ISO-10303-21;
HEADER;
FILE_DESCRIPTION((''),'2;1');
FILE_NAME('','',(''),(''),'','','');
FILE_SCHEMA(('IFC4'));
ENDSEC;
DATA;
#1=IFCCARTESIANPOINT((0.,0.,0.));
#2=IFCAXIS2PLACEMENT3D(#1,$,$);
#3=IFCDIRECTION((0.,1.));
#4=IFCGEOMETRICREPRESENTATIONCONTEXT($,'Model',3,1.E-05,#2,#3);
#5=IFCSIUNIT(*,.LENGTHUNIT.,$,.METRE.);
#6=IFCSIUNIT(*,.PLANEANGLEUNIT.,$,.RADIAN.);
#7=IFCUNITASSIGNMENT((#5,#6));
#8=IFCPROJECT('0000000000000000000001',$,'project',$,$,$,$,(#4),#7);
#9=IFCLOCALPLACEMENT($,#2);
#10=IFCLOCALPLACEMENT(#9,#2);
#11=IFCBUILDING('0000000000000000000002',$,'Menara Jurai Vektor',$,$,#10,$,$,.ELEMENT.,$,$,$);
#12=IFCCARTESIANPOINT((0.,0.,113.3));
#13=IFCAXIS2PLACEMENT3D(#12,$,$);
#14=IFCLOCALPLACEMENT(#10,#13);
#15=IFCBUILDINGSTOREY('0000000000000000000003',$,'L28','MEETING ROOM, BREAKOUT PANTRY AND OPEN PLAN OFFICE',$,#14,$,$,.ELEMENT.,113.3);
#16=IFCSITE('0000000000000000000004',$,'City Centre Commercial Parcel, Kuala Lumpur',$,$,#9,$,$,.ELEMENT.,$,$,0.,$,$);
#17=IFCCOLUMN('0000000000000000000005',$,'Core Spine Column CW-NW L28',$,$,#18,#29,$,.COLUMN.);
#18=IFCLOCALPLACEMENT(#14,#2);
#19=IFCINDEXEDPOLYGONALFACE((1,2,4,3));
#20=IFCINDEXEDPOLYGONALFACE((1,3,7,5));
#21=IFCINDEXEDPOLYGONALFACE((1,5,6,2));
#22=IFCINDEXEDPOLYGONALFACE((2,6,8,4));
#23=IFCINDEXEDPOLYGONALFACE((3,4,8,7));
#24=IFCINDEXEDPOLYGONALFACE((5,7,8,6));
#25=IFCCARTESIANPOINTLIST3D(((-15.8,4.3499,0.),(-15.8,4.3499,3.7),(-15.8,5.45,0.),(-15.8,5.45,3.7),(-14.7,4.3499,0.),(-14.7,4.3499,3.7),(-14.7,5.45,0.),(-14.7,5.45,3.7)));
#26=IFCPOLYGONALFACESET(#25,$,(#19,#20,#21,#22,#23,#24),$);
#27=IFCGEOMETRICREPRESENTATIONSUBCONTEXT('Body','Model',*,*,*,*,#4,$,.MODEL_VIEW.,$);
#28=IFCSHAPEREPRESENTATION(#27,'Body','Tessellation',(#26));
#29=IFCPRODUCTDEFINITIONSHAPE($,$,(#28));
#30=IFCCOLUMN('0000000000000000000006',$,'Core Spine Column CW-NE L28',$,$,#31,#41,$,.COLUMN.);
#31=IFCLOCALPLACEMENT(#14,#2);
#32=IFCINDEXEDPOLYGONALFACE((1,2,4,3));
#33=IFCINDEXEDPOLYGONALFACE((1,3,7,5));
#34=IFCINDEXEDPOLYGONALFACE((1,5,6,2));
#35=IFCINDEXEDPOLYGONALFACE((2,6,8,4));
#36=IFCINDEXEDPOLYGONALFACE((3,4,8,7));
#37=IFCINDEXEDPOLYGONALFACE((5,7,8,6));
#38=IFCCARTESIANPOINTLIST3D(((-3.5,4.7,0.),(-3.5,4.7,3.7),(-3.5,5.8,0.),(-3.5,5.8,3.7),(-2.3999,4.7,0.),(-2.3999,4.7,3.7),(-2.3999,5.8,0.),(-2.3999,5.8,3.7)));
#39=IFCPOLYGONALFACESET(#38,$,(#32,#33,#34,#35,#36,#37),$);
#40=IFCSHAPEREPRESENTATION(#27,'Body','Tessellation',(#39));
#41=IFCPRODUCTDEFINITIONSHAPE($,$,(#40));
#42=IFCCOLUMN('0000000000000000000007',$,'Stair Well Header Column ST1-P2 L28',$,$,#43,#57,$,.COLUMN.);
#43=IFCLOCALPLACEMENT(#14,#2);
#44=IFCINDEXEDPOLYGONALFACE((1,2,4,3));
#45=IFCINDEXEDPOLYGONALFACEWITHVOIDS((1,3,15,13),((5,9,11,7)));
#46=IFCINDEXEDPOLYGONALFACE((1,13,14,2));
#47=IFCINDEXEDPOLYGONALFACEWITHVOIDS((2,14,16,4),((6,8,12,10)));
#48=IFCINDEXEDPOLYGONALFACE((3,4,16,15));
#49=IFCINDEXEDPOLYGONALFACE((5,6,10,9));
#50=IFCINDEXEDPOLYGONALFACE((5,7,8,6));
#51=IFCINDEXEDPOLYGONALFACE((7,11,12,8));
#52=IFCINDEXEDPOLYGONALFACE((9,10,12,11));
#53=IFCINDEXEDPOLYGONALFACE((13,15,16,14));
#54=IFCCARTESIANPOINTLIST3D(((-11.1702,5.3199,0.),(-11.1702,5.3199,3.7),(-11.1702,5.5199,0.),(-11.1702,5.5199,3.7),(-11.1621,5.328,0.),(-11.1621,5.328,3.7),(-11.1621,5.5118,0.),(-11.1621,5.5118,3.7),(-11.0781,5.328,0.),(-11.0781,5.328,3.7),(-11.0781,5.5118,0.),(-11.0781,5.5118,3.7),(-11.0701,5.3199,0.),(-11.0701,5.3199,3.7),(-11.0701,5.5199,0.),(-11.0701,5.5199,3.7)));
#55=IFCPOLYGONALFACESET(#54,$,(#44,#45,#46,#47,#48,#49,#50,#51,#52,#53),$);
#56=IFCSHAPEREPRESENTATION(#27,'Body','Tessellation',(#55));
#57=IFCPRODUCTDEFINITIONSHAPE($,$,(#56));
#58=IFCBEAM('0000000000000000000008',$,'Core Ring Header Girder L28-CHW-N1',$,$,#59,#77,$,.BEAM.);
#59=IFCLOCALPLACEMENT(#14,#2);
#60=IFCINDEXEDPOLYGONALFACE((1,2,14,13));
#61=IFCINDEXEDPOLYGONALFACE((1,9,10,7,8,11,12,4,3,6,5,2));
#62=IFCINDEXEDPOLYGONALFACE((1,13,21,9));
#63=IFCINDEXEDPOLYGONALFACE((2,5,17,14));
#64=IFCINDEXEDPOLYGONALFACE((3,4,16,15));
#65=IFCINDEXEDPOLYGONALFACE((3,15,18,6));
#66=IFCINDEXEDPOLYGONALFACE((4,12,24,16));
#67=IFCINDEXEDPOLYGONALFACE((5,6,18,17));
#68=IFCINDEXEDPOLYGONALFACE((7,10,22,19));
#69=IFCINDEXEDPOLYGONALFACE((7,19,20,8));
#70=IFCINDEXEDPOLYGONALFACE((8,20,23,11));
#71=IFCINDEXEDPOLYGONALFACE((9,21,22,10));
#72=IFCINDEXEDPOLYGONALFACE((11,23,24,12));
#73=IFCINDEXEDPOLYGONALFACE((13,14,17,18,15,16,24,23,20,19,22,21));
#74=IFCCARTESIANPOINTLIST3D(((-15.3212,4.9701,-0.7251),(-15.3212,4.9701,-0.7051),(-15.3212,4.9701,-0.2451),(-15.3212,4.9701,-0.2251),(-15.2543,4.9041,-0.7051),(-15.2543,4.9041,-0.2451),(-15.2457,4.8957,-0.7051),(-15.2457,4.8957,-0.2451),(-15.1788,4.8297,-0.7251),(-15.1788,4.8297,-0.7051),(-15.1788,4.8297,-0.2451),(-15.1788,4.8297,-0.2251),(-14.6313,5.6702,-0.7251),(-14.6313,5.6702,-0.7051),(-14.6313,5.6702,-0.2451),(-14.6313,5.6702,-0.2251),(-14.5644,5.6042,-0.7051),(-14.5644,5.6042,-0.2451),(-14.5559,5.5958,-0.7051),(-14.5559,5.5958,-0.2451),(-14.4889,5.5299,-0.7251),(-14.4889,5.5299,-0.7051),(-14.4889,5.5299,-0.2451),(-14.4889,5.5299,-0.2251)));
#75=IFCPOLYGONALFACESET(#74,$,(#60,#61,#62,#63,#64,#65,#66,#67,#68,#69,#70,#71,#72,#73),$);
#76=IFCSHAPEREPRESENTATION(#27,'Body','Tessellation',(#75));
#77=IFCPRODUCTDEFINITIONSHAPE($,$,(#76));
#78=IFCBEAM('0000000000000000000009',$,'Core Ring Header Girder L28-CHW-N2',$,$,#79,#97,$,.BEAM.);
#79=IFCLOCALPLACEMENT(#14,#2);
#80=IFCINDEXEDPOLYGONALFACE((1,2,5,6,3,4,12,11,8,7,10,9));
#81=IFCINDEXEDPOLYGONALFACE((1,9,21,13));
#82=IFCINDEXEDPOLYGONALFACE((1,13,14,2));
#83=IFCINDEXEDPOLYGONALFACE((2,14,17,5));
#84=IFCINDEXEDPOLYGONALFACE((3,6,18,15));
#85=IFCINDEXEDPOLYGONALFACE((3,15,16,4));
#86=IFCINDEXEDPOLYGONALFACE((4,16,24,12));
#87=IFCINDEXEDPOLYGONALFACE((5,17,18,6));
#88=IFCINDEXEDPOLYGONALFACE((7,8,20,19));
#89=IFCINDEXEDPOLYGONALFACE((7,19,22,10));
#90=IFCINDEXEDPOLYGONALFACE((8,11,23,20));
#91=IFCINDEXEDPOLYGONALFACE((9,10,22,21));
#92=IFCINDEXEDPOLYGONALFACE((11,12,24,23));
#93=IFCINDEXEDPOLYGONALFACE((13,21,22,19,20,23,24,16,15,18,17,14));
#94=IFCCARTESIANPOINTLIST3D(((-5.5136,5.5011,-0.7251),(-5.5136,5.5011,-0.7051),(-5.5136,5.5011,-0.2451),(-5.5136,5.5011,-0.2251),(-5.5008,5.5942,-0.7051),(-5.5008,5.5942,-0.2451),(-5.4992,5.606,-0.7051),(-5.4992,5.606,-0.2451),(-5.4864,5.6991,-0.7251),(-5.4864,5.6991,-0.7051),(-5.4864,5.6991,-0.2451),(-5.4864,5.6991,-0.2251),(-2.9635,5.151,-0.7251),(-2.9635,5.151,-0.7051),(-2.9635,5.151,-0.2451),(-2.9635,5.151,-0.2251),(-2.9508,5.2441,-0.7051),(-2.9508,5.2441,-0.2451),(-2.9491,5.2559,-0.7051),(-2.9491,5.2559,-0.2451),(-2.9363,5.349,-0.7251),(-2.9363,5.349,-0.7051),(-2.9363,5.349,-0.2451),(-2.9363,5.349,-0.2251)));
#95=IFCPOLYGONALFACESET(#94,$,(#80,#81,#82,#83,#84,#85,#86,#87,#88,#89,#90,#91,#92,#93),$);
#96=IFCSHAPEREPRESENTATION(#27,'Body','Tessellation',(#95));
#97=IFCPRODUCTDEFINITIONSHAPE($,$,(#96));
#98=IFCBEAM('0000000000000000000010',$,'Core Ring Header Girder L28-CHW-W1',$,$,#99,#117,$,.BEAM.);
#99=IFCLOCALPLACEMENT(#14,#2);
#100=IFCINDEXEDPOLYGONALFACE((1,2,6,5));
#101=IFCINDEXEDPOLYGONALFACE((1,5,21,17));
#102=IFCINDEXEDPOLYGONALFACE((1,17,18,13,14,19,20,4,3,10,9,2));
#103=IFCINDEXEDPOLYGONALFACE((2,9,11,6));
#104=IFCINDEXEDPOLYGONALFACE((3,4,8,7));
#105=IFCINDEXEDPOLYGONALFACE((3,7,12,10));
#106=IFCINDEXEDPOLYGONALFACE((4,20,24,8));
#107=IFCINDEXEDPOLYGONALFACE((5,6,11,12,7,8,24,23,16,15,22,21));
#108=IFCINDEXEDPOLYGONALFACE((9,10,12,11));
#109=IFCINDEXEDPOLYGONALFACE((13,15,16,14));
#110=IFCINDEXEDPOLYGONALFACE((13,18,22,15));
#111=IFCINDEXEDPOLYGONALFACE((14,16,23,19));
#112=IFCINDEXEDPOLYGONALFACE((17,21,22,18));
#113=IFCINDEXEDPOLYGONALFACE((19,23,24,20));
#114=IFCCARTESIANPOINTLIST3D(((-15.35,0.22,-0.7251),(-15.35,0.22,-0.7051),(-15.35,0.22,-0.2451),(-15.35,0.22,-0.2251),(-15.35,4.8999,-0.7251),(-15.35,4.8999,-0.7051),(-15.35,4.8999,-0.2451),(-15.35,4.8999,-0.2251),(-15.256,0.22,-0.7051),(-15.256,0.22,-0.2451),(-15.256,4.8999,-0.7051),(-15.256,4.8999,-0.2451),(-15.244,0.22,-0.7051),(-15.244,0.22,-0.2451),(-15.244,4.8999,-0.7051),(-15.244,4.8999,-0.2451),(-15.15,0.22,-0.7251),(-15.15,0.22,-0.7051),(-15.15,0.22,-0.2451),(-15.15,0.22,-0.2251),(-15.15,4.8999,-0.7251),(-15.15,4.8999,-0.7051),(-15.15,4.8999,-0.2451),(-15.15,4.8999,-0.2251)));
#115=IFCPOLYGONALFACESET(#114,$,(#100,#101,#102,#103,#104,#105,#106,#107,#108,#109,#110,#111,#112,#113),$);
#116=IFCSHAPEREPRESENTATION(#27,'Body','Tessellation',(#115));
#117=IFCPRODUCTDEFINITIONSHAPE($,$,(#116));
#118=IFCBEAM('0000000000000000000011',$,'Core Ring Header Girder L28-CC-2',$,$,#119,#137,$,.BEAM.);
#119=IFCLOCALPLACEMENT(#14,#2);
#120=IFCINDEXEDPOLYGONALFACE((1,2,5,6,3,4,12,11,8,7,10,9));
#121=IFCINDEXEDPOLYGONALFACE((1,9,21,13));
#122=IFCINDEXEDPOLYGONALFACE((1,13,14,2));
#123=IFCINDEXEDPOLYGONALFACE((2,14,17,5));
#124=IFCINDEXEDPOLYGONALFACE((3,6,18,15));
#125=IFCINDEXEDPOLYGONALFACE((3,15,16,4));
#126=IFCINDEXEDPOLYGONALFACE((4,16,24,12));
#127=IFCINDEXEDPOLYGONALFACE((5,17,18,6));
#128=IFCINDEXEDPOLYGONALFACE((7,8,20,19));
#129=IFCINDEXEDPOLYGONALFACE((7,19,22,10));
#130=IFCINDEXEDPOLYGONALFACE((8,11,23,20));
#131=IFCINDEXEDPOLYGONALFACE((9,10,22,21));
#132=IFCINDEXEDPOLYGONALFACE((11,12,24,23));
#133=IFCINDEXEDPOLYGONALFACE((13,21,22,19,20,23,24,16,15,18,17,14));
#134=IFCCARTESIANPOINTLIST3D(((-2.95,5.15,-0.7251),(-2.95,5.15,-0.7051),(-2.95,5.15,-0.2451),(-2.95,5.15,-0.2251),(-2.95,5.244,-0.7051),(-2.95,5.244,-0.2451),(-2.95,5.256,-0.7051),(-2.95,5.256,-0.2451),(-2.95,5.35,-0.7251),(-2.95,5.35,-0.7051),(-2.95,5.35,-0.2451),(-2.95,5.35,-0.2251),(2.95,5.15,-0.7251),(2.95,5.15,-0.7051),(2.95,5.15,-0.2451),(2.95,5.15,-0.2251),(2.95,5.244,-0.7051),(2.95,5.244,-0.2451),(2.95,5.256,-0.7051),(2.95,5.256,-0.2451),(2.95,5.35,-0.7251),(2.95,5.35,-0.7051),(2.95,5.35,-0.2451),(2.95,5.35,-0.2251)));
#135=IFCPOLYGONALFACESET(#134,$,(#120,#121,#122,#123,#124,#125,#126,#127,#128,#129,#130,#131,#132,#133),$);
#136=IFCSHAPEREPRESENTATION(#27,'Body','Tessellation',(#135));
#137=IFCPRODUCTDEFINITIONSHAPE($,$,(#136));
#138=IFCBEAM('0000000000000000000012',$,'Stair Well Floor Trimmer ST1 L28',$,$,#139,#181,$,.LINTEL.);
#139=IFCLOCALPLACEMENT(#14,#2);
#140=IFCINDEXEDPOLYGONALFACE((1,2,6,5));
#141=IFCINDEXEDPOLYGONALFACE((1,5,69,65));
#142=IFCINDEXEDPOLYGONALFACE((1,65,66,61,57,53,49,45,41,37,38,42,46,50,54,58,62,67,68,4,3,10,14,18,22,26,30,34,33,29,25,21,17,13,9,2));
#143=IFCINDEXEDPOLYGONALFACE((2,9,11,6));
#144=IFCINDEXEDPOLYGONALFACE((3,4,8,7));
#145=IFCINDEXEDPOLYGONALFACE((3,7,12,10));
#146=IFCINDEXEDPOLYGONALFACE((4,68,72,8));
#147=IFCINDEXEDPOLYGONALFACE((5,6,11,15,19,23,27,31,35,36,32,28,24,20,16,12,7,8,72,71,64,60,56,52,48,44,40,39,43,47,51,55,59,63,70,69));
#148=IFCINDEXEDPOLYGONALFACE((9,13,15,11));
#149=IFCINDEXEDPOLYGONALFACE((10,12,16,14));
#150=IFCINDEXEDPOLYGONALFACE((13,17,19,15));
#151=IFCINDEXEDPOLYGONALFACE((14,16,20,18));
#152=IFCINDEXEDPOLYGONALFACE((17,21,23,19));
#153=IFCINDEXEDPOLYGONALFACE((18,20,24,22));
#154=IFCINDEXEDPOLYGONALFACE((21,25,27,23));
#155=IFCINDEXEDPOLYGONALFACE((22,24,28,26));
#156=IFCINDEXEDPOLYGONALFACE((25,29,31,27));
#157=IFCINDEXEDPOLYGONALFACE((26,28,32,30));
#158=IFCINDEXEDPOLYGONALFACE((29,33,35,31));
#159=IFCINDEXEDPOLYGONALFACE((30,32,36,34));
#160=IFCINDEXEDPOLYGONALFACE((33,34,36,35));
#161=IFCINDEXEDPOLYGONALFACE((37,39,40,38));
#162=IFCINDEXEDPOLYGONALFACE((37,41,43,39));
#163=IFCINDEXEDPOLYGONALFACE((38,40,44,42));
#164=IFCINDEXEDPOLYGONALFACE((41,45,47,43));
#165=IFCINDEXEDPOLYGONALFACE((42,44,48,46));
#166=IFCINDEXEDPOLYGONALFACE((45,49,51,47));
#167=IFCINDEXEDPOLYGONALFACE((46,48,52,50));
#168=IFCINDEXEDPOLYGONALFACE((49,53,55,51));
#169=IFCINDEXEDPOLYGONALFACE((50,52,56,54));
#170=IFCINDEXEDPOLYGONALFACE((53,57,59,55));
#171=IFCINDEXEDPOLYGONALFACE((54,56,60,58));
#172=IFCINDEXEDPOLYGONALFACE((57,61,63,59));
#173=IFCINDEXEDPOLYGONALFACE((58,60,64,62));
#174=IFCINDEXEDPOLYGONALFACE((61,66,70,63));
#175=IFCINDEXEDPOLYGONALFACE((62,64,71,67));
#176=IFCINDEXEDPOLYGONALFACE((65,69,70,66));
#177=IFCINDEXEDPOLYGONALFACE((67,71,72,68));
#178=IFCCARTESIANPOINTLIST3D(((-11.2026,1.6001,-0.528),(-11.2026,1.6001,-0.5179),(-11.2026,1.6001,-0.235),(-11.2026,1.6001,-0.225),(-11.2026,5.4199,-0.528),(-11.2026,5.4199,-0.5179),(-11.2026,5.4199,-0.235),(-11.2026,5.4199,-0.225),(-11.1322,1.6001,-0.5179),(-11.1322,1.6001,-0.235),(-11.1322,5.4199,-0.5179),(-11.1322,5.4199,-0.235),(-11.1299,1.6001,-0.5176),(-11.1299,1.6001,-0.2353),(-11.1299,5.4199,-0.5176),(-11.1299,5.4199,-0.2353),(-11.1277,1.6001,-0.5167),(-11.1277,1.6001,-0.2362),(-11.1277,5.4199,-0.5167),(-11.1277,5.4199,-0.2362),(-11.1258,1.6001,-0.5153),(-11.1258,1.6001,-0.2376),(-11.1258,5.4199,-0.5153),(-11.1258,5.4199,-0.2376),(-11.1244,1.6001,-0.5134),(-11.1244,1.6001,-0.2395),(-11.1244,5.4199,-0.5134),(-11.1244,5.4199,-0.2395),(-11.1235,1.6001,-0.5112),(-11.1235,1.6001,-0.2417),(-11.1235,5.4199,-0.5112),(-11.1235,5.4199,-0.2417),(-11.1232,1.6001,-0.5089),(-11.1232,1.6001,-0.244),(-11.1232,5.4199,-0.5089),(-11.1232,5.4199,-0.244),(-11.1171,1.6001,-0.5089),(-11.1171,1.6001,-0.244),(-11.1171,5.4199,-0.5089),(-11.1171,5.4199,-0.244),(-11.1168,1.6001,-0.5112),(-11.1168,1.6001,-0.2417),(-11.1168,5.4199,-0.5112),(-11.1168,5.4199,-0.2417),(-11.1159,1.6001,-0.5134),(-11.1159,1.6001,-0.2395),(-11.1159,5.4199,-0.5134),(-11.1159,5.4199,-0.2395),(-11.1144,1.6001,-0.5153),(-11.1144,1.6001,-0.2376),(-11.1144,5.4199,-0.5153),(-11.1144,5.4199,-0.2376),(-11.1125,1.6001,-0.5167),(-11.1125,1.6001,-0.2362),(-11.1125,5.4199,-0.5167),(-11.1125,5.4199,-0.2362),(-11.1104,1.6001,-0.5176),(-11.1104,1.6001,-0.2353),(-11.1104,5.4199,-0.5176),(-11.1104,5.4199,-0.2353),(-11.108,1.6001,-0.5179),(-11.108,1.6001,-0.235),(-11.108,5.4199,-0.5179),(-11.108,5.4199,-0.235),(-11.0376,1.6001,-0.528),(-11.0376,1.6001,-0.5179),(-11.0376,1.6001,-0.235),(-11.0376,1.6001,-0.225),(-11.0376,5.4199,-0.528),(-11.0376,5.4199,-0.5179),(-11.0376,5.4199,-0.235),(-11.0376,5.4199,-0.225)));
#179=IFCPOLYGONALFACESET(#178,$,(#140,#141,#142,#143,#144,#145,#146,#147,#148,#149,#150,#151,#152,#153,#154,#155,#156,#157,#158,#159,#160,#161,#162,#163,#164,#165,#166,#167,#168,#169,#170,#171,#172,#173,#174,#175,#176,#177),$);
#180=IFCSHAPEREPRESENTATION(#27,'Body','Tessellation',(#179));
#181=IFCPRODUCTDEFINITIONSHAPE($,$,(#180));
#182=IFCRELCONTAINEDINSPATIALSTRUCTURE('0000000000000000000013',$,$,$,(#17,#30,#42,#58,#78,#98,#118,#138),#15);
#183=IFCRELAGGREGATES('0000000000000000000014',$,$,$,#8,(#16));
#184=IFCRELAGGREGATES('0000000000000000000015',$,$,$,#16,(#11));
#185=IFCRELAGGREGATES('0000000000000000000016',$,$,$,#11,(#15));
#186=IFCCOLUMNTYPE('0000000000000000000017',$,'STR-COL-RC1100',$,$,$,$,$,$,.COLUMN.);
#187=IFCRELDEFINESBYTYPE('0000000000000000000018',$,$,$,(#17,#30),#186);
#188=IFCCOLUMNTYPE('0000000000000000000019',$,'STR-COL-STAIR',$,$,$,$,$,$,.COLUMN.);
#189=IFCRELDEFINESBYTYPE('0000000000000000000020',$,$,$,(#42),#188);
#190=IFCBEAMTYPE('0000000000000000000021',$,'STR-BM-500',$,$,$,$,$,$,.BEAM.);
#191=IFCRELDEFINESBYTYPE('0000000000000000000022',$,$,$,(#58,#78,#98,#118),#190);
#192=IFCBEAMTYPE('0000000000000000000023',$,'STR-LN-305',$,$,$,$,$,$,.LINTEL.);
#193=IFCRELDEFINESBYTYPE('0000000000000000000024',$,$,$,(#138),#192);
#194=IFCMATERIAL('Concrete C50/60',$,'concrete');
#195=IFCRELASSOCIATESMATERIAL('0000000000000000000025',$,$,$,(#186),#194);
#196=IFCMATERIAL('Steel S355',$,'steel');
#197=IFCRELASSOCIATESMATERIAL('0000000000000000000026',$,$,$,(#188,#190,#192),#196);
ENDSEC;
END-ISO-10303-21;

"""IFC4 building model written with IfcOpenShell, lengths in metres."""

from ifc_helpers import new_model, si_unit, direction, frame, origin, origin_2d, place, context, subcontext, project, spatial, rectangle, hollow_rectangle, i_section, extrude, material, material_profile, profile_set, type_object, element, save


model = new_model("IFC4")

# Units and contexts
model_context = context("Model", 3, precision=1e-05, world=origin(), true_north=direction((0.0, 1.0)))
body_context = subcontext(model_context, "Body", "Model", "MODEL_VIEW")
ifc_project = project(units=[si_unit("LENGTHUNIT", "METRE"), si_unit("PLANEANGLEUNIT", "RADIAN")], contexts=[model_context])

# Site, building, storey
site_placement = place(None, origin())
site = spatial("IfcSite", under=ifc_project, at=site_placement, Name="City Centre Commercial Parcel, Kuala Lumpur", CompositionType="ELEMENT", RefElevation=0.0)
building_placement = place(site_placement, origin())
building = spatial("IfcBuilding", under=site, at=building_placement, Name="Menara Jurai Vektor", CompositionType="ELEMENT")
storey_placement = place(building_placement, frame((0.0, 0.0, 113.3)))
storey = spatial("IfcBuildingStorey", under=building, at=storey_placement, Name="L28", Description="MEETING ROOM, BREAKOUT PANTRY AND OPEN PLAN OFFICE", CompositionType="ELEMENT", Elevation=113.3)

# Columns
ifc_material_1 = material(Name="Concrete C50/60", Category="concrete")
ifc_material_profile_1 = material_profile(ifc_material_1, rectangle(XDim=1.1001, YDim=1.1001, at=origin_2d()), Name="RC 1100x1100")
ifc_profile_set_1 = profile_set([ifc_material_profile_1], Name="Concrete C50/60")
column_type_1 = type_object("IfcColumnType", Name="STR-COL-RC1100", PredefinedType="COLUMN", material=ifc_profile_set_1)
for number, where, z_axis, x_axis, name in (
    (1, (-15.25, 4.8999, 0.0), (0.0, 0.0, 1.0), (1.0, 0.0, 0.0), "Core Spine Column CW-NW L28"),
    (2, (-2.95, 5.25, 0.0), (0.0, 0.0, 1.0), (1.0, 0.0, 0.0), "Core Spine Column CW-NE L28"),
):
    element("IfcColumn", number, at=place(storey_placement, frame(where, z_axis=z_axis, x_axis=x_axis)), inside=storey, type_object=column_type_1, Name=name, PredefinedType="COLUMN", context=body_context, shape_type="SweptSolid", body=[
        extrude(rectangle(XDim=1.1001, YDim=1.1001, at=origin_2d()), origin(), (0.0, 0.0, 1.0), 3.7),
    ])
ifc_material_2 = material(Name="Steel S355", Category="steel")
ifc_material_profile_2 = material_profile(ifc_material_2, hollow_rectangle(XDim=0.1001, YDim=0.2, WallThickness=0.0081, at=origin_2d()), Name="RHS 200x100x8")
ifc_profile_set_2 = profile_set([ifc_material_profile_2], Name="Steel S355")
column_type_2 = type_object("IfcColumnType", Name="STR-COL-STAIR", PredefinedType="COLUMN", material=ifc_profile_set_2)
column_placement = place(storey_placement, frame((-11.1201, 5.4199, 0.0), z_axis=(0.0, 0.0, 1.0), x_axis=(1.0, 0.0, 0.0)))
element("IfcColumn", 3, at=column_placement, inside=storey, type_object=column_type_2, Name="Stair Well Header Column ST1-P2 L28", PredefinedType="COLUMN", context=body_context, shape_type="SweptSolid", body=[
    extrude(hollow_rectangle(XDim=0.1001, YDim=0.2, WallThickness=0.0081, at=origin_2d()), origin(), (0.0, 0.0, 1.0), 3.7),
])

# Beams
ifc_material_profile_3 = material_profile(ifc_material_2, i_section(OverallWidth=0.2, OverallDepth=0.5, WebThickness=0.012, FlangeThickness=0.02, at=origin_2d()), Name="PG 500x200x96")
ifc_profile_set_3 = profile_set([ifc_material_profile_3], Name="Steel S355")
beam_type_1 = type_object("IfcBeamType", Name="STR-BM-500", PredefinedType="BEAM", material=ifc_profile_set_3)
beam_1_placement = place(storey_placement, frame((-15.25, 4.8999, -0.4751), z_axis=(0.701872, 0.712303, 0.0), x_axis=(-0.712303, 0.701872, 0.0)))
element("IfcBeam", 4, at=beam_1_placement, inside=storey, type_object=beam_type_1, Name="Core Ring Header Girder L28-CHW-N1", PredefinedType="BEAM", context=body_context, shape_type="SweptSolid", body=[
    extrude(i_section(OverallWidth=0.2, OverallDepth=0.5, WebThickness=0.012, FlangeThickness=0.02, at=origin_2d()), origin(), (0.0, 0.0, 1.0), 0.9829),
])
beam_2_placement = place(storey_placement, frame((-5.5, 5.6001, -0.4751), z_axis=(0.990707, -0.136015, 0.0), x_axis=(0.136015, 0.990707, 0.0)))
element("IfcBeam", 5, at=beam_2_placement, inside=storey, type_object=beam_type_1, Name="Core Ring Header Girder L28-CHW-N2", PredefinedType="BEAM", context=body_context, shape_type="SweptSolid", body=[
    extrude(i_section(OverallWidth=0.2, OverallDepth=0.5, WebThickness=0.012, FlangeThickness=0.02, at=origin_2d()), origin(), (0.0, 0.0, 1.0), 2.574),
])
beam_3_placement = place(storey_placement, frame((-15.25, 0.22, -0.4751), z_axis=(0.0, 1.0, 0.0), x_axis=(-1.0, 0.0, 0.0)))
element("IfcBeam", 6, at=beam_3_placement, inside=storey, type_object=beam_type_1, Name="Core Ring Header Girder L28-CHW-W1", PredefinedType="BEAM", context=body_context, shape_type="SweptSolid", body=[
    extrude(i_section(OverallWidth=0.2, OverallDepth=0.5, WebThickness=0.012, FlangeThickness=0.02, at=origin_2d()), origin(), (0.0, 0.0, 1.0), 4.6799),
])
beam_4_placement = place(storey_placement, frame((-2.95, 5.25, -0.4751), z_axis=(1.0, 0.0, 0.0), x_axis=(0.0, 1.0, 0.0)))
element("IfcBeam", 7, at=beam_4_placement, inside=storey, type_object=beam_type_1, Name="Core Ring Header Girder L28-CC-2", PredefinedType="BEAM", context=body_context, shape_type="SweptSolid", body=[
    extrude(i_section(OverallWidth=0.2, OverallDepth=0.5, WebThickness=0.012, FlangeThickness=0.02, at=origin_2d()), origin(), (0.0, 0.0, 1.0), 5.8999),
])
ifc_material_profile_4 = material_profile(ifc_material_2, i_section(OverallWidth=0.165, OverallDepth=0.303, WebThickness=0.0061, FlangeThickness=0.01, FilletRadius=0.009, at=origin_2d()), Name="UKB 305x165x40")
ifc_profile_set_4 = profile_set([ifc_material_profile_4], Name="Steel S355")
beam_type_2 = type_object("IfcBeamType", Name="STR-LN-305", PredefinedType="LINTEL", material=ifc_profile_set_4)
beam_5_placement = place(storey_placement, frame((-11.1201, 1.6001, -0.3765), z_axis=(0.0, 1.0, 0.0), x_axis=(-1.0, 0.0, 0.0)))
element("IfcBeam", 8, at=beam_5_placement, inside=storey, type_object=beam_type_2, Name="Stair Well Floor Trimmer ST1 L28", PredefinedType="LINTEL", context=body_context, shape_type="SweptSolid", body=[
    extrude(i_section(OverallWidth=0.165, OverallDepth=0.303, WebThickness=0.0061, FlangeThickness=0.01, FilletRadius=0.009, at=origin_2d()), origin(), (0.0, 0.0, 1.0), 3.8198),
])

save(model, "model.ifc")
